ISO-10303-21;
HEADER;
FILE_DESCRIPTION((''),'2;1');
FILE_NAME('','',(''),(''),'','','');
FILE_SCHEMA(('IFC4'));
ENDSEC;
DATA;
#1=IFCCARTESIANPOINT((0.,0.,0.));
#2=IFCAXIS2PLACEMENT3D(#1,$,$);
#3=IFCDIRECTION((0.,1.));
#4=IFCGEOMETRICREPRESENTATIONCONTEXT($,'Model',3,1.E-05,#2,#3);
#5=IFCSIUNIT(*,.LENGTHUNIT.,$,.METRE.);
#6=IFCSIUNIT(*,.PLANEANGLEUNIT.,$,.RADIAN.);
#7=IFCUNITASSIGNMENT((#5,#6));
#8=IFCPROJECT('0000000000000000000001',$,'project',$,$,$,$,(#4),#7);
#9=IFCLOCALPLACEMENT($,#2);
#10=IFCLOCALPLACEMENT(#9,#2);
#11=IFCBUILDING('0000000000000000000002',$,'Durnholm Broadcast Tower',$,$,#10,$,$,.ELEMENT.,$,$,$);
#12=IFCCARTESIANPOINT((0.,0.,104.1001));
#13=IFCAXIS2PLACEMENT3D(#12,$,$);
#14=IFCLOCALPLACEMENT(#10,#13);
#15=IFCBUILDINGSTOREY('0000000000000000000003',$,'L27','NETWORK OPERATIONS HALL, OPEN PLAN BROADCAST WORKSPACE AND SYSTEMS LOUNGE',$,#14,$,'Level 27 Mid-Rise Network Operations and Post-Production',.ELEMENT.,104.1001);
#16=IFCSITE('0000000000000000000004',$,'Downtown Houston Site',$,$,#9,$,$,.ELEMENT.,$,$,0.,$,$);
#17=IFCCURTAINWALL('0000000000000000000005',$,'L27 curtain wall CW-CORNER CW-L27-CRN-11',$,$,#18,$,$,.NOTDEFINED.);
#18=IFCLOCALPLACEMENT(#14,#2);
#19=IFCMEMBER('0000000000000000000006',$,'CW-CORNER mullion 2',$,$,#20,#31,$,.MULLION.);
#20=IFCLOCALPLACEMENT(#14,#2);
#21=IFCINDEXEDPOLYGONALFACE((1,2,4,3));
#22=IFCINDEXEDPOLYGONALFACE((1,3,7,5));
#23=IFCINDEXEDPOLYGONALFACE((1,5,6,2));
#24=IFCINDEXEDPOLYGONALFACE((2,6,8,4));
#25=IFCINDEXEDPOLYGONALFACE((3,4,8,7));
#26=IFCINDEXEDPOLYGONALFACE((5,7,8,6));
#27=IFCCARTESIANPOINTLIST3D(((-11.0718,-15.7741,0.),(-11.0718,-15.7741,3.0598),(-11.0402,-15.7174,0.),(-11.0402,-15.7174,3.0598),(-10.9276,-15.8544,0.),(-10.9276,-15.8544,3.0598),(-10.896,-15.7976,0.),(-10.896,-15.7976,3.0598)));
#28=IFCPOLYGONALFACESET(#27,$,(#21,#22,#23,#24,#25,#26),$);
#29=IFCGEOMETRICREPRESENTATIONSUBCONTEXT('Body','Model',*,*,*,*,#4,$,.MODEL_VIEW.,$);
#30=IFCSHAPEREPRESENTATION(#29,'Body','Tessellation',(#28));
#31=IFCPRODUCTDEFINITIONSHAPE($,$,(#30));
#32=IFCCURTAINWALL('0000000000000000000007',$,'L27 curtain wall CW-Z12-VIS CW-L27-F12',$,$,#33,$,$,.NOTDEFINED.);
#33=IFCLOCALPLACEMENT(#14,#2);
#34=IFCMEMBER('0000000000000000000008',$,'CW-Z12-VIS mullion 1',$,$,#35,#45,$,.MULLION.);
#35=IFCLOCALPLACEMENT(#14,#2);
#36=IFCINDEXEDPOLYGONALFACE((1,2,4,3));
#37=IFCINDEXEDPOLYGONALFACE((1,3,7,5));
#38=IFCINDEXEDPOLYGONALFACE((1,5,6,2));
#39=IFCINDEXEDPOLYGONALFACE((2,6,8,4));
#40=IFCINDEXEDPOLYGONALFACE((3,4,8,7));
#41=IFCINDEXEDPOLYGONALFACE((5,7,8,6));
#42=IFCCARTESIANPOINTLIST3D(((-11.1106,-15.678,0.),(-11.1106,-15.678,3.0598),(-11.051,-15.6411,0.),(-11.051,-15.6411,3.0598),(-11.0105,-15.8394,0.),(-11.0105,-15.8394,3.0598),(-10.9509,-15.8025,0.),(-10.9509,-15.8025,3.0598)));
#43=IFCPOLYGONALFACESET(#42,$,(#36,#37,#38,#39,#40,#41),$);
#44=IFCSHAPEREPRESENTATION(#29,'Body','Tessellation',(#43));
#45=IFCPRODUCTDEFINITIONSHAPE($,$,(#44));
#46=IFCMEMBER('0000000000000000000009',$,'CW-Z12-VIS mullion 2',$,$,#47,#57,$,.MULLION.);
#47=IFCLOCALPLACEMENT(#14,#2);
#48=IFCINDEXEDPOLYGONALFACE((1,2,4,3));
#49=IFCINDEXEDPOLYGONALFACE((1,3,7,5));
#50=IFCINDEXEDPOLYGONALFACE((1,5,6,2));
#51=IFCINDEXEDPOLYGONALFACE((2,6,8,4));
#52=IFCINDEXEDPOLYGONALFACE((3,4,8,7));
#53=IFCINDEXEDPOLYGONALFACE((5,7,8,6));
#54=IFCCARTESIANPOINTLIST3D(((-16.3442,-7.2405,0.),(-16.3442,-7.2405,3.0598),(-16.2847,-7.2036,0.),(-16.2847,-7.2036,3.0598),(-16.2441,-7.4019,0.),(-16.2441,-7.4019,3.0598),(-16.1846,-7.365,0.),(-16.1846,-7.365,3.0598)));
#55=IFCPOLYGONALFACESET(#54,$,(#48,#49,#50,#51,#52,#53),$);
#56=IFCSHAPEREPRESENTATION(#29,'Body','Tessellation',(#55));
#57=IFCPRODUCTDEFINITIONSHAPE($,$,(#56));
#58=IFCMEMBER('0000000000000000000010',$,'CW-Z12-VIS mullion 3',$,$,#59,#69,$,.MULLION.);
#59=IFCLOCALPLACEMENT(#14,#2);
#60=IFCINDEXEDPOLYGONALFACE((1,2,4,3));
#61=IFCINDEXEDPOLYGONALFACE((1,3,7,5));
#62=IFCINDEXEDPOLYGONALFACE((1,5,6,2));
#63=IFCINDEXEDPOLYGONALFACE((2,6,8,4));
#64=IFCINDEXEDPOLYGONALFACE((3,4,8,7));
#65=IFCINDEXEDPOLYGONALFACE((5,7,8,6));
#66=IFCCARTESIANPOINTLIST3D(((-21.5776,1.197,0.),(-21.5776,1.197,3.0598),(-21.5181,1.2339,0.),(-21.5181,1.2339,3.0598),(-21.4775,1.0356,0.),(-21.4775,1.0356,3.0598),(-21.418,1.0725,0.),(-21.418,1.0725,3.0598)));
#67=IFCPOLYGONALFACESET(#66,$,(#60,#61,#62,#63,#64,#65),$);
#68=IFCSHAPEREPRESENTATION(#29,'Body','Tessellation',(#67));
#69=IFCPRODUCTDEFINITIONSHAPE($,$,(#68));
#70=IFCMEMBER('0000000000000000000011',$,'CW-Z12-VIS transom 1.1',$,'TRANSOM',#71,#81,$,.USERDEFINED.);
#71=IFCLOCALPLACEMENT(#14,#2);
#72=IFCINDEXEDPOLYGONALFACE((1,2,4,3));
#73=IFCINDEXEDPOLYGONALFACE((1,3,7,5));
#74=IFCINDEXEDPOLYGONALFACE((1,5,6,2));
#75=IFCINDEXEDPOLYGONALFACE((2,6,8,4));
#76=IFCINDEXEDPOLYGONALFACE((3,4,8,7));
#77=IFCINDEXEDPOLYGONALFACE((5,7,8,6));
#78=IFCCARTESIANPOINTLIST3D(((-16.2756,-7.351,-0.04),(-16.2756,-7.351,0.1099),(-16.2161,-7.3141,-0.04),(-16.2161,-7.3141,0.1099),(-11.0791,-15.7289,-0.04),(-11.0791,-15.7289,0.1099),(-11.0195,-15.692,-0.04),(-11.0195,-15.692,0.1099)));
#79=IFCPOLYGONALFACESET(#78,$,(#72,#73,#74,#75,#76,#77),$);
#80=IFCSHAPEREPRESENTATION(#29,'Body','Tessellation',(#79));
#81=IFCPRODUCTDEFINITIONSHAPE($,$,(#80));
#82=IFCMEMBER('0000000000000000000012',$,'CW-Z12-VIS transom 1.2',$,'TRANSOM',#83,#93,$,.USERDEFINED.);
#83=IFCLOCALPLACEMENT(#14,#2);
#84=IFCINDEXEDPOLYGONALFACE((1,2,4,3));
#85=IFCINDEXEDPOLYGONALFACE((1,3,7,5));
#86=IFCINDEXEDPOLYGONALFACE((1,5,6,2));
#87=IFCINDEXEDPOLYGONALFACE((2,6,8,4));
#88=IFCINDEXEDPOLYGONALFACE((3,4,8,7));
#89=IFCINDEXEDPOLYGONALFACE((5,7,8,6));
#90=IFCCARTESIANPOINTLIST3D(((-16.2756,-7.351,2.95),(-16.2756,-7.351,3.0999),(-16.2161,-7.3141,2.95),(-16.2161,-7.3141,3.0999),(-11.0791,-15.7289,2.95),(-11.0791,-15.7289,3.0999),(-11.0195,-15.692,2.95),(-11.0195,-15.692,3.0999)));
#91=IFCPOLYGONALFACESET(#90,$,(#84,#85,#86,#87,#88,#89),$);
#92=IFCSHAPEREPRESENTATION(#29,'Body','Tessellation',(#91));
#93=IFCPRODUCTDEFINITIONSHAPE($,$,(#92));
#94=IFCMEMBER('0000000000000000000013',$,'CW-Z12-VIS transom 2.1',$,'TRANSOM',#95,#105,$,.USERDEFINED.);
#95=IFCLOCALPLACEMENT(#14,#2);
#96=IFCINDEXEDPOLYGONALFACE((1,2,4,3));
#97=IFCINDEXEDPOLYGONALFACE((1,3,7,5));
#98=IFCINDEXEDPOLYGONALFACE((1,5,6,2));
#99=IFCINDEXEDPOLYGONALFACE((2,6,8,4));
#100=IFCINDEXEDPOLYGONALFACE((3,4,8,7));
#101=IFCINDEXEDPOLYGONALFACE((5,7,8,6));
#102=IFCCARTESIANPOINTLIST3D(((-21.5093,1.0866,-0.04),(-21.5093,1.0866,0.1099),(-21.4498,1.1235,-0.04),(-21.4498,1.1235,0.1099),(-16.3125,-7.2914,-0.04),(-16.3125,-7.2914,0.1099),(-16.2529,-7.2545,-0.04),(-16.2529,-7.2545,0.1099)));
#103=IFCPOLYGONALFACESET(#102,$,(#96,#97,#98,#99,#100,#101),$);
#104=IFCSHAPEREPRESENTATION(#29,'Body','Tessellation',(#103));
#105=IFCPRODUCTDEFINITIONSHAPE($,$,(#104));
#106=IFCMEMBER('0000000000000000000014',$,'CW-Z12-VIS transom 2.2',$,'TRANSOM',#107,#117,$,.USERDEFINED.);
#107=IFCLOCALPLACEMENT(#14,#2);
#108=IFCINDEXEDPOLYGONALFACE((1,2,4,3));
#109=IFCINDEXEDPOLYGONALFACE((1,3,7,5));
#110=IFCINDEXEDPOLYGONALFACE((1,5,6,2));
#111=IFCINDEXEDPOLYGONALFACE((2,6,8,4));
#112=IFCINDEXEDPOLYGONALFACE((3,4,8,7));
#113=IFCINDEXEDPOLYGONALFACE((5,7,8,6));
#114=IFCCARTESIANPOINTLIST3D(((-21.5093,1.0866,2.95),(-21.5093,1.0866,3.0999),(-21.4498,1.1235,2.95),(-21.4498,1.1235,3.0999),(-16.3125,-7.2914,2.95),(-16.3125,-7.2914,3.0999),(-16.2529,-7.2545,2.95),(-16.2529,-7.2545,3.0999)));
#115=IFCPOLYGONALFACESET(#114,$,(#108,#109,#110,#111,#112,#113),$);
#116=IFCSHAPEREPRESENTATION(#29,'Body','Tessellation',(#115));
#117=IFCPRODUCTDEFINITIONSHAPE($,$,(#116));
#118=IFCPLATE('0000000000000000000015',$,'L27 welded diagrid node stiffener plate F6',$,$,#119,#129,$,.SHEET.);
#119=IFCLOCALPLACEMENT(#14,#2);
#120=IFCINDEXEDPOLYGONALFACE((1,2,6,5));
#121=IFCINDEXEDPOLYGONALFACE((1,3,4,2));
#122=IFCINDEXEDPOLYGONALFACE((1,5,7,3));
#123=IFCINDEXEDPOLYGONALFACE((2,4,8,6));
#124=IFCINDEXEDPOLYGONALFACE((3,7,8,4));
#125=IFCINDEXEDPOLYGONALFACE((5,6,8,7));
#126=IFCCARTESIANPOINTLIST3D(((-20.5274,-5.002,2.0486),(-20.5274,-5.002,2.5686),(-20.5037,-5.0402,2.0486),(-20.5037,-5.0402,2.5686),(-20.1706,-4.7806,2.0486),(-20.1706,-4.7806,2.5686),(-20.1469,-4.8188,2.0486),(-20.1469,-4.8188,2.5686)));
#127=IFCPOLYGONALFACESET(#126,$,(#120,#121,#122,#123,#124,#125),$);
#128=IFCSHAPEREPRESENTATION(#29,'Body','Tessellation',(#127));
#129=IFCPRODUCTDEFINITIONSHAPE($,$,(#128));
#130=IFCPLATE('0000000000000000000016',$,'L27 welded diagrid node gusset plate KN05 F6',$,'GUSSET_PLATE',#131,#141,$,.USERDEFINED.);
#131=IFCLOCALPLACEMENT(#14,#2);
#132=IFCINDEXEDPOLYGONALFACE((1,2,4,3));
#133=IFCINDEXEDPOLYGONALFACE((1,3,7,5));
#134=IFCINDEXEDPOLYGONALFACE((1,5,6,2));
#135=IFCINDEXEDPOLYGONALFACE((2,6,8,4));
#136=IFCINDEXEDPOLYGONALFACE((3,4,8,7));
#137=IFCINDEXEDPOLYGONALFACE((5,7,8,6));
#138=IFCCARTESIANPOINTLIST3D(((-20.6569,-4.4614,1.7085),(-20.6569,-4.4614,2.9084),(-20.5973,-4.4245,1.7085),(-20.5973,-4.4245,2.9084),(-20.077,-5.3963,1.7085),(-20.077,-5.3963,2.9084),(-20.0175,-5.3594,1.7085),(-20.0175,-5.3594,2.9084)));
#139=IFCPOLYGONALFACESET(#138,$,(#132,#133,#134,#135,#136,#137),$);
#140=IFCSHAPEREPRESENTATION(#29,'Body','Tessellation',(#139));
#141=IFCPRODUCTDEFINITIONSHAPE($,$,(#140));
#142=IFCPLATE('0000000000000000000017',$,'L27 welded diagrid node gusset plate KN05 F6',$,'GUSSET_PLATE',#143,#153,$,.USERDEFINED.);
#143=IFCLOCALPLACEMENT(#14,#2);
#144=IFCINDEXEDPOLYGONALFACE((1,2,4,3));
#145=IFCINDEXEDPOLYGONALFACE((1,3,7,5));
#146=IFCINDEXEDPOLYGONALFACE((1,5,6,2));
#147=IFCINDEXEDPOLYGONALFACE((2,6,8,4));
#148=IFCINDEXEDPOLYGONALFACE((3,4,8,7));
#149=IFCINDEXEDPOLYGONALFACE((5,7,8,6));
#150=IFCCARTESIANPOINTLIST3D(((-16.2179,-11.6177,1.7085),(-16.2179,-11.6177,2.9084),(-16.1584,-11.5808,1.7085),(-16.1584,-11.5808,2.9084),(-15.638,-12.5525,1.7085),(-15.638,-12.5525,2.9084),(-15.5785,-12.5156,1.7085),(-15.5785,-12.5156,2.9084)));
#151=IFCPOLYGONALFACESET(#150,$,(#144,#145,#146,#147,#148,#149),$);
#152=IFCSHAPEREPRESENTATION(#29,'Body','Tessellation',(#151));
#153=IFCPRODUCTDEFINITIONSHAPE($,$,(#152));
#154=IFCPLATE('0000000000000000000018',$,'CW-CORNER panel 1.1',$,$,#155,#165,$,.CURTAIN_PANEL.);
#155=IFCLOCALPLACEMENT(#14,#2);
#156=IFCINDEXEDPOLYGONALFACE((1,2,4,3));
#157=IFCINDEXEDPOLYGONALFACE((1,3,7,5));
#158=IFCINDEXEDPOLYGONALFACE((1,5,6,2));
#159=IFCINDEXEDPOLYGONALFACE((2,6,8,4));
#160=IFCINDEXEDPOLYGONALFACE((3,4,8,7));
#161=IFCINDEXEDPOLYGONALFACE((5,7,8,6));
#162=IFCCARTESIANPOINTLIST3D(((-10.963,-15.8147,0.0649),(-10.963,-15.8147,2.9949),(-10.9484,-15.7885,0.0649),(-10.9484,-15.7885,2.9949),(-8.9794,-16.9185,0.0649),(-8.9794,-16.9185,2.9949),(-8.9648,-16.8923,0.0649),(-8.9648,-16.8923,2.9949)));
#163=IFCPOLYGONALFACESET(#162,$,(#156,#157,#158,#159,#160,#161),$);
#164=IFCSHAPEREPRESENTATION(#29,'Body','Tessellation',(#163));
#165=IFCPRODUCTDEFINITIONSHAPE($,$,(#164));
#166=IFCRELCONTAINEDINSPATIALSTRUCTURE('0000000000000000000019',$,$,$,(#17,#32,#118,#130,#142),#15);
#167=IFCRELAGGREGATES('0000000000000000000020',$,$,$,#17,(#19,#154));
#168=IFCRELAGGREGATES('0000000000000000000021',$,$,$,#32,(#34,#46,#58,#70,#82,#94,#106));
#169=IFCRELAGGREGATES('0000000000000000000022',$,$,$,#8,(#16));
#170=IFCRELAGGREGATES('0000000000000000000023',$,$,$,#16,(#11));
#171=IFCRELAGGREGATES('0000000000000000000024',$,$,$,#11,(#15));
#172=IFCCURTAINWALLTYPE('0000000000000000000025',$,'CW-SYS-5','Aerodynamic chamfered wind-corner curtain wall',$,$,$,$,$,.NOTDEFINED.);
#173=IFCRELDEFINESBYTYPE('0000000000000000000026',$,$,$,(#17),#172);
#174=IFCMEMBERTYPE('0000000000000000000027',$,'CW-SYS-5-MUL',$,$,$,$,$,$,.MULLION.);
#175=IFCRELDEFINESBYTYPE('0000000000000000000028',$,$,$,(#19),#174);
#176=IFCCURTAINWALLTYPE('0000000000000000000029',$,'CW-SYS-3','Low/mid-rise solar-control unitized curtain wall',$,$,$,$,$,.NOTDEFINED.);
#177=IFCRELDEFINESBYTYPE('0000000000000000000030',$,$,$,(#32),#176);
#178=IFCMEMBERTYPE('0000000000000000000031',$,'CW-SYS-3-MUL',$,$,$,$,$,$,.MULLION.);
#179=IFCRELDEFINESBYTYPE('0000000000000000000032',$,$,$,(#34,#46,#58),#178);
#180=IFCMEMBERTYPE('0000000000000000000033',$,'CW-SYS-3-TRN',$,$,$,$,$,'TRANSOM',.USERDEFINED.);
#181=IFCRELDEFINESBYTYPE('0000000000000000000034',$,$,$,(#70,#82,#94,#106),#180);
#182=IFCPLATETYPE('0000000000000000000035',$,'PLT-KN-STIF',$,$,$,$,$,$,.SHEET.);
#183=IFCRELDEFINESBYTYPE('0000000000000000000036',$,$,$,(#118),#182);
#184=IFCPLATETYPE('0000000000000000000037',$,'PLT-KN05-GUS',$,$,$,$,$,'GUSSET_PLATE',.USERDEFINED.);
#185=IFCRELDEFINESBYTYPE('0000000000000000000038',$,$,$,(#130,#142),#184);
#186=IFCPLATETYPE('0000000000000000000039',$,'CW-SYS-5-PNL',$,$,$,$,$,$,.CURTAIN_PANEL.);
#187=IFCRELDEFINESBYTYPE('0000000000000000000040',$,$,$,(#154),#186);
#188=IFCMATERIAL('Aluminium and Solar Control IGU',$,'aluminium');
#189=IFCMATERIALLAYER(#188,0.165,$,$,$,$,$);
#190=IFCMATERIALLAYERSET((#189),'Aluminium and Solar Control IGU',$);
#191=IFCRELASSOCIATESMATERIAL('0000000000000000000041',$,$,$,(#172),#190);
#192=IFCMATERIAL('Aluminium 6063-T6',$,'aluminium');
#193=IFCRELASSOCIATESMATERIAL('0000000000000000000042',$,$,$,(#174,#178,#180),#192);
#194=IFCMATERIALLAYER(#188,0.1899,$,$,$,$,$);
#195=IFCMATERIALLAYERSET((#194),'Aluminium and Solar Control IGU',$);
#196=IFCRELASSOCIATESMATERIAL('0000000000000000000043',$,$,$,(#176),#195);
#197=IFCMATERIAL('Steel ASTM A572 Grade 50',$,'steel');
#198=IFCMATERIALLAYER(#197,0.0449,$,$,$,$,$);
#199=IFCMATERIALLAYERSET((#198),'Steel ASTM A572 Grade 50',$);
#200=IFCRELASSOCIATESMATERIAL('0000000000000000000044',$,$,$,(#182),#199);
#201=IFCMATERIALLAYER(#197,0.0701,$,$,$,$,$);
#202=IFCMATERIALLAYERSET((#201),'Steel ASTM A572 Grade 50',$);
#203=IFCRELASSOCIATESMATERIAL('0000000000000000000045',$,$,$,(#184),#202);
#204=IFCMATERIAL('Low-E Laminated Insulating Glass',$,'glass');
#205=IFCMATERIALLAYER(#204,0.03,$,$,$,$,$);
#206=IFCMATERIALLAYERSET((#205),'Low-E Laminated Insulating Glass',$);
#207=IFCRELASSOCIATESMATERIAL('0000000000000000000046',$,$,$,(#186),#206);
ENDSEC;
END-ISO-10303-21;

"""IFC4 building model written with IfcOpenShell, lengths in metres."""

from ifc_helpers import new_model, si_unit, direction, frame, origin, origin_2d, place, context, subcontext, project, spatial, rectangle, extrude, source, transform, mapped, material, layer, layer_set, material_profile, profile_set, type_object, type_shapes, element, aggregate, save


model = new_model("IFC4")

# Units and contexts
model_context = context("Model", 3, precision=1e-05, world=origin(), true_north=direction((0.0, 1.0)))
body_context = subcontext(model_context, "Body", "Model", "MODEL_VIEW")
ifc_project = project(units=[si_unit("LENGTHUNIT", "METRE"), si_unit("PLANEANGLEUNIT", "RADIAN")], contexts=[model_context])

# Site, building, storey
site_placement = place(None, origin())
site = spatial("IfcSite", under=ifc_project, at=site_placement, Name="Downtown Houston Site", CompositionType="ELEMENT", RefElevation=0.0)
building_placement = place(site_placement, origin())
building = spatial("IfcBuilding", under=site, at=building_placement, Name="Durnholm Broadcast Tower", CompositionType="ELEMENT")
storey_placement = place(building_placement, frame((0.0, 0.0, 104.1001)))
storey = spatial("IfcBuildingStorey", under=building, at=storey_placement, Name="L27", Description="NETWORK OPERATIONS HALL, OPEN PLAN BROADCAST WORKSPACE AND SYSTEMS LOUNGE", LongName="Level 27 Mid-Rise Network Operations and Post-Production", CompositionType="ELEMENT", Elevation=104.1001)

# Curtain wall, member
ifc_material_1 = material(Name="Aluminium and Solar Control IGU", Category="aluminium")
ifc_layer_1 = layer(ifc_material_1, 0.165)
ifc_layer_set_1 = layer_set([ifc_layer_1], Name="Aluminium and Solar Control IGU")
curtain_wall_type_1 = type_object("IfcCurtainWallType", Name="CW-SYS-5", Description="Aerodynamic chamfered wind-corner curtain wall", PredefinedType="NOTDEFINED", material=ifc_layer_set_1)
ifc_material_2 = material(Name="Aluminium 6063-T6", Category="aluminium")
ifc_material_profile_1 = material_profile(ifc_material_2, rectangle(XDim=0.0649, YDim=0.165, at=origin_2d()), Name="CWM65X165")
ifc_profile_set_1 = profile_set([ifc_material_profile_1], Name="Aluminium 6063-T6")
member_type_1 = type_object("IfcMemberType", Name="CW-SYS-5-MUL", PredefinedType="MULLION", material=ifc_profile_set_1)
shared_shape_1 = source(origin(), body_context, "Body", "SweptSolid", [
    extrude(rectangle(XDim=0.0649, YDim=0.165, at=origin_2d()), origin(), (0.0, 0.0, 1.0), 3.0598),
])
type_shapes(member_type_1, [shared_shape_1])
curtain_wall_1_placement = place(storey_placement, origin())
curtain_wall_1 = element("IfcCurtainWall", 1, at=curtain_wall_1_placement, inside=storey, type_object=curtain_wall_type_1, Name="L27 curtain wall CW-CORNER CW-L27-CRN-11", PredefinedType="NOTDEFINED")
member_1_placement = place(storey_placement, frame((-10.9839, -15.7859, 0.0), z_axis=(0.0, 0.0, 1.0), x_axis=(-0.486244, -0.873823, 0.0)))
member_1 = element("IfcMember", 2, at=member_1_placement, type_object=member_type_1, Name="CW-CORNER mullion 2", PredefinedType="MULLION", context=body_context, shape_type="MappedRepresentation", body=[
    mapped(shared_shape_1, transform((0.0, 0.0, 0.0), x_axis=(1.0, 0.0, 0.0), y_axis=(0.0, 1.0, 0.0), z_axis=(0.0, 0.0, 1.0), scale=1.0)),
])

# Curtain wall, members
ifc_layer_2 = layer(ifc_material_1, 0.1899)
ifc_layer_set_2 = layer_set([ifc_layer_2], Name="Aluminium and Solar Control IGU")
curtain_wall_type_2 = type_object("IfcCurtainWallType", Name="CW-SYS-3", Description="Low/mid-rise solar-control unitized curtain wall", PredefinedType="NOTDEFINED", material=ifc_layer_set_2)
curtain_wall_2_placement = place(storey_placement, origin())
curtain_wall_2 = element("IfcCurtainWall", 3, at=curtain_wall_2_placement, inside=storey, type_object=curtain_wall_type_2, Name="L27 curtain wall CW-Z12-VIS CW-L27-F12", PredefinedType="NOTDEFINED")
ifc_material_profile_2 = material_profile(ifc_material_2, rectangle(XDim=0.0701, YDim=0.1899, at=origin_2d()), Name="CWM70X190")
ifc_profile_set_2 = profile_set([ifc_material_profile_2], Name="Aluminium 6063-T6")
member_type_2 = type_object("IfcMemberType", Name="CW-SYS-3-MUL", PredefinedType="MULLION", material=ifc_profile_set_2)
shared_shape_2 = source(origin(), body_context, "Body", "SweptSolid", [
    extrude(rectangle(XDim=0.0701, YDim=0.1899, at=origin_2d()), origin(), (0.0, 0.0, 1.0), 3.0598),
])
type_shapes(member_type_2, [shared_shape_2])
member_2_placement = place(storey_placement, frame((-11.0308, -15.7402, 0.0), z_axis=(0.0, 0.0, 1.0), x_axis=(-0.8498, -0.527105, 0.0)))
member_2 = element("IfcMember", 4, at=member_2_placement, type_object=member_type_2, Name="CW-Z12-VIS mullion 1", PredefinedType="MULLION", context=body_context, shape_type="MappedRepresentation", body=[
    mapped(shared_shape_2, transform((0.0, 0.0, 0.0), x_axis=(1.0, 0.0, 0.0), y_axis=(0.0, 1.0, 0.0), z_axis=(0.0, 0.0, 1.0), scale=1.0)),
])
member_3_placement = place(storey_placement, frame((-16.2644, -7.3027, 0.0), z_axis=(0.0, 0.0, 1.0), x_axis=(-0.8498, -0.527105, 0.0)))
member_3 = element("IfcMember", 5, at=member_3_placement, type_object=member_type_2, Name="CW-Z12-VIS mullion 2", PredefinedType="MULLION", context=body_context, shape_type="MappedRepresentation", body=[
    mapped(shared_shape_2, transform((0.0, 0.0, 0.0), x_axis=(1.0, 0.0, 0.0), y_axis=(0.0, 1.0, 0.0), z_axis=(0.0, 0.0, 1.0), scale=1.0)),
])
member_4_placement = place(storey_placement, frame((-21.4978, 1.1348, 0.0), z_axis=(0.0, 0.0, 1.0), x_axis=(-0.8498, -0.527105, 0.0)))
member_4 = element("IfcMember", 6, at=member_4_placement, type_object=member_type_2, Name="CW-Z12-VIS mullion 3", PredefinedType="MULLION", context=body_context, shape_type="MappedRepresentation", body=[
    mapped(shared_shape_2, transform((0.0, 0.0, 0.0), x_axis=(1.0, 0.0, 0.0), y_axis=(0.0, 1.0, 0.0), z_axis=(0.0, 0.0, 1.0), scale=1.0)),
])
ifc_material_profile_3 = material_profile(ifc_material_2, rectangle(XDim=0.0701, YDim=0.1499, at=origin_2d()), Name="CWT70X150")
ifc_profile_set_3 = profile_set([ifc_material_profile_3], Name="Aluminium 6063-T6")
member_type_3 = type_object("IfcMemberType", Name="CW-SYS-3-TRN", ElementType="TRANSOM", PredefinedType="USERDEFINED", material=ifc_profile_set_3)
shared_shape_3 = source(origin(), body_context, "Body", "SweptSolid", [
    extrude(rectangle(XDim=0.0701, YDim=0.1499, at=origin_2d()), origin(), (0.0, 0.0, 1.0), 9.8586),
])
member_5_placement = place(storey_placement, frame((-11.0493, -15.7104, 0.0349), z_axis=(-0.527102, 0.849802, 0.0), x_axis=(-0.849802, -0.527102, 0.0)))
member_5 = element("IfcMember", 7, at=member_5_placement, type_object=member_type_3, Name="CW-Z12-VIS transom 1.1", ObjectType="TRANSOM", PredefinedType="USERDEFINED", context=body_context, shape_type="MappedRepresentation", body=[
    mapped(shared_shape_3, transform((0.0, 0.0, 0.0), x_axis=(1.0, 0.0, 0.0), y_axis=(0.0, 1.0, 0.0), z_axis=(0.0, 0.0, 1.0), scale=1.0)),
])
member_6_placement = place(storey_placement, frame((-11.0493, -15.7104, 3.0249), z_axis=(-0.527102, 0.849802, 0.0), x_axis=(-0.849802, -0.527102, 0.0)))
member_6 = element("IfcMember", 8, at=member_6_placement, type_object=member_type_3, Name="CW-Z12-VIS transom 1.2", ObjectType="TRANSOM", PredefinedType="USERDEFINED", context=body_context, shape_type="MappedRepresentation", body=[
    mapped(shared_shape_3, transform((0.0, 0.0, 0.0), x_axis=(1.0, 0.0, 0.0), y_axis=(0.0, 1.0, 0.0), z_axis=(0.0, 0.0, 1.0), scale=1.0)),
])
shared_shape_4 = source(origin(), body_context, "Body", "SweptSolid", [
    extrude(rectangle(XDim=0.0701, YDim=0.1499, at=origin_2d()), origin(), (0.0, 0.0, 1.0), 9.8589),
])
type_shapes(member_type_3, [shared_shape_3, shared_shape_4])
member_7_placement = place(storey_placement, frame((-16.2827, -7.2729, 0.0349), z_axis=(-0.52712, 0.849791, 0.0), x_axis=(-0.849791, -0.52712, 0.0)))
member_7 = element("IfcMember", 9, at=member_7_placement, type_object=member_type_3, Name="CW-Z12-VIS transom 2.1", ObjectType="TRANSOM", PredefinedType="USERDEFINED", context=body_context, shape_type="MappedRepresentation", body=[
    mapped(shared_shape_4, transform((0.0, 0.0, 0.0), x_axis=(1.0, 0.0, 0.0), y_axis=(0.0, 1.0, 0.0), z_axis=(0.0, 0.0, 1.0), scale=1.0)),
])
member_8_placement = place(storey_placement, frame((-16.2827, -7.2729, 3.0249), z_axis=(-0.52712, 0.849791, 0.0), x_axis=(-0.849791, -0.52712, 0.0)))
member_8 = element("IfcMember", 10, at=member_8_placement, type_object=member_type_3, Name="CW-Z12-VIS transom 2.2", ObjectType="TRANSOM", PredefinedType="USERDEFINED", context=body_context, shape_type="MappedRepresentation", body=[
    mapped(shared_shape_4, transform((0.0, 0.0, 0.0), x_axis=(1.0, 0.0, 0.0), y_axis=(0.0, 1.0, 0.0), z_axis=(0.0, 0.0, 1.0), scale=1.0)),
])

# Plates
ifc_material_3 = material(Name="Steel ASTM A572 Grade 50", Category="steel")
ifc_layer_3 = layer(ifc_material_3, 0.0449)
ifc_layer_set_3 = layer_set([ifc_layer_3], Name="Steel ASTM A572 Grade 50")
plate_type_1 = type_object("IfcPlateType", Name="PLT-KN-STIF", PredefinedType="SHEET", material=ifc_layer_set_3)
shared_shape_5 = source(origin(), body_context, "Body", "SweptSolid", [
    extrude(rectangle(XDim=0.0449, YDim=0.4199, at=origin_2d()), origin(), (0.0, 0.0, 1.0), 0.52),
])
type_shapes(plate_type_1, [shared_shape_5])
plate_1_placement = place(storey_placement, frame((-20.3372, -4.9104, 2.0486), z_axis=(0.0, 0.0, 1.0), x_axis=(0.527104, -0.849801, 0.0)))
element("IfcPlate", 11, at=plate_1_placement, inside=storey, type_object=plate_type_1, Name="L27 welded diagrid node stiffener plate F6", PredefinedType="SHEET", context=body_context, shape_type="MappedRepresentation", body=[
    mapped(shared_shape_5, transform((0.0, 0.0, 0.0), x_axis=(1.0, 0.0, 0.0), y_axis=(0.0, 1.0, 0.0), z_axis=(0.0, 0.0, 1.0), scale=1.0)),
])
ifc_layer_4 = layer(ifc_material_3, 0.0701)
ifc_layer_set_4 = layer_set([ifc_layer_4], Name="Steel ASTM A572 Grade 50")
plate_type_2 = type_object("IfcPlateType", Name="PLT-KN05-GUS", ElementType="GUSSET_PLATE", PredefinedType="USERDEFINED", material=ifc_layer_set_4)
shared_shape_6 = source(origin(), body_context, "Body", "SweptSolid", [
    extrude(rectangle(XDim=1.1001, YDim=0.0701, at=origin_2d()), origin(), (0.0, 0.0, 1.0), 1.2),
])
type_shapes(plate_type_2, [shared_shape_6])
for number, where, z_axis, x_axis, name in (
    (12, (-20.3372, -4.9104, 1.7085), (0.0, 0.0, 1.0), (0.527104, -0.849801, 0.0), "L27 welded diagrid node gusset plate KN05 F6"),
    (13, (-15.8982, -12.0667, 1.7085), (0.0, 0.0, 1.0), (0.527104, -0.849801, 0.0), "L27 welded diagrid node gusset plate KN05 F6"),
):
    element("IfcPlate", number, at=place(storey_placement, frame(where, z_axis=z_axis, x_axis=x_axis)), inside=storey, type_object=plate_type_2, Name=name, ObjectType="GUSSET_PLATE", PredefinedType="USERDEFINED", context=body_context, shape_type="MappedRepresentation", body=[
        mapped(shared_shape_6, transform((0.0, 0.0, 0.0), x_axis=(1.0, 0.0, 0.0), y_axis=(0.0, 1.0, 0.0), z_axis=(0.0, 0.0, 1.0), scale=1.0)),
    ])

# Plate
ifc_material_4 = material(Name="Low-E Laminated Insulating Glass", Category="glass")
ifc_layer_5 = layer(ifc_material_4, 0.03)
ifc_layer_set_5 = layer_set([ifc_layer_5], Name="Low-E Laminated Insulating Glass")
plate_type_3 = type_object("IfcPlateType", Name="CW-SYS-5-PNL", PredefinedType="CURTAIN_PANEL", material=ifc_layer_set_5)
shared_shape_7 = source(origin(), body_context, "Body", "SweptSolid", [
    extrude(rectangle(XDim=2.27, YDim=0.03, at=origin_2d()), origin(), (0.0, 0.0, 1.0), 2.9299),
])
type_shapes(plate_type_3, [shared_shape_7])
plate_2_placement = place(storey_placement, frame((-9.9639, -16.3535, 0.0649), z_axis=(0.0, 0.0, 1.0), x_axis=(-0.873823, 0.486244, 0.0)))
plate_2 = element("IfcPlate", 14, at=plate_2_placement, type_object=plate_type_3, Name="CW-CORNER panel 1.1", PredefinedType="CURTAIN_PANEL", context=body_context, shape_type="MappedRepresentation", body=[
    mapped(shared_shape_7, transform((0.0, 0.0, 0.0), x_axis=(1.0, 0.0, 0.0), y_axis=(0.0, 1.0, 0.0), z_axis=(0.0, 0.0, 1.0), scale=1.0)),
])
aggregate(curtain_wall_1, [member_1, plate_2])
aggregate(curtain_wall_2, [member_2, member_3, member_4, member_5, member_6, member_7, member_8])

save(model, "model.ifc")
